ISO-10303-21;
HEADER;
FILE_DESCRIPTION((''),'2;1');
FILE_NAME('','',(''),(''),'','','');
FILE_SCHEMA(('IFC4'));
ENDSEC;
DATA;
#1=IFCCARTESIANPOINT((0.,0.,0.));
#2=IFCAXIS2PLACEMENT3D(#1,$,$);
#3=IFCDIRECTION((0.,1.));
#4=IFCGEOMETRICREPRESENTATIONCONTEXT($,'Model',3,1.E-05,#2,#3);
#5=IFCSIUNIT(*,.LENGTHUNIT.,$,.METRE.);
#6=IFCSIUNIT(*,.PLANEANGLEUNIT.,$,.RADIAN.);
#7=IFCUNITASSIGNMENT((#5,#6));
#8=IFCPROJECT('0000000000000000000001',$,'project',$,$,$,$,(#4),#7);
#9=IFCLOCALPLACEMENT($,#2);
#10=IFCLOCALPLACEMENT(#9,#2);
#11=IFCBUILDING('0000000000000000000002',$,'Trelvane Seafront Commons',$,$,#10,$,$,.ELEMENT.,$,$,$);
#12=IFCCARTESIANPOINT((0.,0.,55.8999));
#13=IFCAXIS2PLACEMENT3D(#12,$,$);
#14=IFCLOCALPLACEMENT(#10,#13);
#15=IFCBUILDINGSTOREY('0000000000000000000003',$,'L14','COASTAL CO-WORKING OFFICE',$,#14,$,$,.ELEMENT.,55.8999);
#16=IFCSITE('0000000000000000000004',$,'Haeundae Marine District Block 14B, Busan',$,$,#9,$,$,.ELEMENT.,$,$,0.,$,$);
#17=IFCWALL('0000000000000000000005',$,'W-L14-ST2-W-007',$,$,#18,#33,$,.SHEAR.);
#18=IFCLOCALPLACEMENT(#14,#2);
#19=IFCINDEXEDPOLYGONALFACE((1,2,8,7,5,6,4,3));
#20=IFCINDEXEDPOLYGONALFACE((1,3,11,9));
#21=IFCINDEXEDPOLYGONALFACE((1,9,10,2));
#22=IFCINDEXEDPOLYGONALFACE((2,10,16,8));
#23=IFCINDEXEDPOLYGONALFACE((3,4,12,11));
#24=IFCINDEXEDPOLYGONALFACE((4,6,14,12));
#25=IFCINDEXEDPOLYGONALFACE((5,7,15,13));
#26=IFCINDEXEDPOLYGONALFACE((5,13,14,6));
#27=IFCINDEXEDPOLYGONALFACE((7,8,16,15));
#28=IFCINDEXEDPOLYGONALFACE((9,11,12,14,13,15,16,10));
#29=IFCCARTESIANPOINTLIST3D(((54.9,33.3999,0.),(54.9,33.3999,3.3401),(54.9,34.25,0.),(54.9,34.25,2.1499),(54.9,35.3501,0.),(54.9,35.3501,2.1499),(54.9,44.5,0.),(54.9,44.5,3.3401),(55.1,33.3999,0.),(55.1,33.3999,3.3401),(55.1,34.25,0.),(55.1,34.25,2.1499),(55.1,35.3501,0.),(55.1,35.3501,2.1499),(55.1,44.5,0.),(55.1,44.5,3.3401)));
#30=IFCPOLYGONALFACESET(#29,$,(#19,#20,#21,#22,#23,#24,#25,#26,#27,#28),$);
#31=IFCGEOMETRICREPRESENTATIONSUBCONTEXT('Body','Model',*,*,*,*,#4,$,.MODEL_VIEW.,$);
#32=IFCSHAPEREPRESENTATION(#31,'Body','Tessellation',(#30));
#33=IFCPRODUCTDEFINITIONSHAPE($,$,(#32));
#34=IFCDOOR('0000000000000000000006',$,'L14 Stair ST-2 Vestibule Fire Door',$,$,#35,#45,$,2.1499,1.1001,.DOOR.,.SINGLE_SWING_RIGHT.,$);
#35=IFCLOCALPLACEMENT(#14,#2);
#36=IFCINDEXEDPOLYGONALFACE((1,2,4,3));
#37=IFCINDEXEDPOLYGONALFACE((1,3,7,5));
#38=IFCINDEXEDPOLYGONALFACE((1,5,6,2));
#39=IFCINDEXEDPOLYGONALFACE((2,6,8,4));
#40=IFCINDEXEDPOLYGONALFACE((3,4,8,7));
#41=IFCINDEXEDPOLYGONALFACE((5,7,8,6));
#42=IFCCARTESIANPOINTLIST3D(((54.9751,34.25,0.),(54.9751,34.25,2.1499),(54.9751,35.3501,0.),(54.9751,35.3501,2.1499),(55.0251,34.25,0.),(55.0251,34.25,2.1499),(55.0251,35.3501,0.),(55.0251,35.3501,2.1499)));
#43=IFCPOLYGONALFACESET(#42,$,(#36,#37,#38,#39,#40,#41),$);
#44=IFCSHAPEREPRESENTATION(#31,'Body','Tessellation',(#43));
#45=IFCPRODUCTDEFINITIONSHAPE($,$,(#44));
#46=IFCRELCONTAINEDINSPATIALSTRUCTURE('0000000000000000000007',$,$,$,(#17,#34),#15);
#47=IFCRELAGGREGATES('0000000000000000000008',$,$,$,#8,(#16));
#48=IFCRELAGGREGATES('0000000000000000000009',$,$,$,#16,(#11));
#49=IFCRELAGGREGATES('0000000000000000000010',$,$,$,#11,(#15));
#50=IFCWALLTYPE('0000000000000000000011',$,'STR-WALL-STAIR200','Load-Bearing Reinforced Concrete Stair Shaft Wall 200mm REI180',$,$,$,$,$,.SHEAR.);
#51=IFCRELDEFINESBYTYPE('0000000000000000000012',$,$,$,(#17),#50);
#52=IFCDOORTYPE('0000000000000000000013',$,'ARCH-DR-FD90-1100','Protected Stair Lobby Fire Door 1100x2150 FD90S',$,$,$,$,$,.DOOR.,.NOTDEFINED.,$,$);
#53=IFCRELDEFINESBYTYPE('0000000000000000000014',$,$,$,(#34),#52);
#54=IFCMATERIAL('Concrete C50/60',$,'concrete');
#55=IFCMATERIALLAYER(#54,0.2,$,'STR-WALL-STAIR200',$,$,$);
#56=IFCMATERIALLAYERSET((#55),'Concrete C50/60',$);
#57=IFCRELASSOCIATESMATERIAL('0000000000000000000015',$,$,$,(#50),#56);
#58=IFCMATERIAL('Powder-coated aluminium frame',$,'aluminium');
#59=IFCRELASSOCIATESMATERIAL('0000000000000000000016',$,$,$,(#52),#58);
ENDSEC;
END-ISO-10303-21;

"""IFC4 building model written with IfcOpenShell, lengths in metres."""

from ifc_helpers import new_model, si_unit, direction, frame, frame_2d, origin, place, context, subcontext, project, spatial, rectangle, extrude, source, transform, mapped, material, layer, layer_set, type_object, element, fill, save


model = new_model("IFC4")

# Units and contexts
model_context = context("Model", 3, precision=1e-05, world=origin(), true_north=direction((0.0, 1.0)))
body_context = subcontext(model_context, "Body", "Model", "MODEL_VIEW")
ifc_project = project(units=[si_unit("LENGTHUNIT", "METRE"), si_unit("PLANEANGLEUNIT", "RADIAN")], contexts=[model_context])

# Site, building, storey
site_placement = place(None, origin())
site = spatial("IfcSite", under=ifc_project, at=site_placement, Name="Haeundae Marine District Block 14B, Busan", CompositionType="ELEMENT", RefElevation=0.0)
building_placement = place(site_placement, origin())
building = spatial("IfcBuilding", under=site, at=building_placement, Name="Trelvane Seafront Commons", CompositionType="ELEMENT")
storey_placement = place(building_placement, frame((0.0, 0.0, 55.8999)))
storey = spatial("IfcBuildingStorey", under=building, at=storey_placement, Name="L14", Description="COASTAL CO-WORKING OFFICE", CompositionType="ELEMENT", Elevation=55.8999)

# Shared definitions
ifc_material_1 = material(Name="Powder-coated aluminium frame", Category="aluminium")

# Wall, opening, door
ifc_material_2 = material(Name="Concrete C50/60", Category="concrete")
ifc_layer_1 = layer(ifc_material_2, 0.2, Name="STR-WALL-STAIR200")
ifc_layer_set_1 = layer_set([ifc_layer_1], Name="Concrete C50/60")
wall_type_1 = type_object("IfcWallType", Name="STR-WALL-STAIR200", Description="Load-Bearing Reinforced Concrete Stair Shaft Wall 200mm REI180", PredefinedType="SHEAR", material=ifc_layer_set_1)
wall_1_placement = place(storey_placement, frame((55.0, 33.3999, 0.0), z_axis=(0.0, 0.0, 1.0), x_axis=(0.0, 1.0, 0.0)))
wall_1 = element("IfcWall", 1, at=wall_1_placement, inside=storey, type_object=wall_type_1, Name="W-L14-ST2-W-007", PredefinedType="SHEAR", context=body_context, shape_type="SweptSolid", body=[
    extrude(rectangle(XDim=11.1001, YDim=0.2, at=frame_2d((5.55, 0.0))), origin(), (0.0, 0.0, 1.0), 3.3401),
])
opening_1_placement = place(wall_1_placement, frame((0.8501, 0.0, 0.0)))
opening_1 = element("IfcOpeningElement", 2, at=opening_1_placement, cuts=wall_1, PredefinedType="OPENING", context=body_context, shape_type="SweptSolid", body=[
    extrude(rectangle(XDim=1.1001, YDim=2.1499, at=frame_2d((0.55, 1.075))), frame((0.0, 0.1099, 0.0), z_axis=(0.0, -1.0, 0.0), x_axis=(1.0, 0.0, 0.0)), (0.0, 0.0, 1.0), 0.22),
])
door_type_1 = type_object("IfcDoorType", Name="ARCH-DR-FD90-1100", Description="Protected Stair Lobby Fire Door 1100x2150 FD90S", OperationType="NOTDEFINED", PredefinedType="DOOR", material=ifc_material_1)
shared_shape_1 = source(origin(), body_context, "Body", "SweptSolid", [
    extrude(rectangle(XDim=1.1001, YDim=2.1499, at=frame_2d((0.55, 1.075))), frame((0.0, 0.0249, 0.0), z_axis=(0.0, -1.0, 0.0), x_axis=(1.0, 0.0, 0.0)), (0.0, 0.0, 1.0), 0.05),
])
door_1_placement = place(opening_1_placement, origin())
door_1 = element("IfcDoor", 3, at=door_1_placement, inside=storey, type_object=door_type_1, Name="L14 Stair ST-2 Vestibule Fire Door", OperationType="SINGLE_SWING_RIGHT", OverallHeight=2.1499, OverallWidth=1.1001, PredefinedType="DOOR", context=body_context, shape_type="MappedRepresentation", body=[
    mapped(shared_shape_1, transform((0.0, 0.0, 0.0), x_axis=(1.0, 0.0, 0.0), y_axis=(0.0, 1.0, 0.0), z_axis=(0.0, 0.0, 1.0), scale=1.0)),
])
fill(opening_1, door_1)

save(model, "model.ifc")
